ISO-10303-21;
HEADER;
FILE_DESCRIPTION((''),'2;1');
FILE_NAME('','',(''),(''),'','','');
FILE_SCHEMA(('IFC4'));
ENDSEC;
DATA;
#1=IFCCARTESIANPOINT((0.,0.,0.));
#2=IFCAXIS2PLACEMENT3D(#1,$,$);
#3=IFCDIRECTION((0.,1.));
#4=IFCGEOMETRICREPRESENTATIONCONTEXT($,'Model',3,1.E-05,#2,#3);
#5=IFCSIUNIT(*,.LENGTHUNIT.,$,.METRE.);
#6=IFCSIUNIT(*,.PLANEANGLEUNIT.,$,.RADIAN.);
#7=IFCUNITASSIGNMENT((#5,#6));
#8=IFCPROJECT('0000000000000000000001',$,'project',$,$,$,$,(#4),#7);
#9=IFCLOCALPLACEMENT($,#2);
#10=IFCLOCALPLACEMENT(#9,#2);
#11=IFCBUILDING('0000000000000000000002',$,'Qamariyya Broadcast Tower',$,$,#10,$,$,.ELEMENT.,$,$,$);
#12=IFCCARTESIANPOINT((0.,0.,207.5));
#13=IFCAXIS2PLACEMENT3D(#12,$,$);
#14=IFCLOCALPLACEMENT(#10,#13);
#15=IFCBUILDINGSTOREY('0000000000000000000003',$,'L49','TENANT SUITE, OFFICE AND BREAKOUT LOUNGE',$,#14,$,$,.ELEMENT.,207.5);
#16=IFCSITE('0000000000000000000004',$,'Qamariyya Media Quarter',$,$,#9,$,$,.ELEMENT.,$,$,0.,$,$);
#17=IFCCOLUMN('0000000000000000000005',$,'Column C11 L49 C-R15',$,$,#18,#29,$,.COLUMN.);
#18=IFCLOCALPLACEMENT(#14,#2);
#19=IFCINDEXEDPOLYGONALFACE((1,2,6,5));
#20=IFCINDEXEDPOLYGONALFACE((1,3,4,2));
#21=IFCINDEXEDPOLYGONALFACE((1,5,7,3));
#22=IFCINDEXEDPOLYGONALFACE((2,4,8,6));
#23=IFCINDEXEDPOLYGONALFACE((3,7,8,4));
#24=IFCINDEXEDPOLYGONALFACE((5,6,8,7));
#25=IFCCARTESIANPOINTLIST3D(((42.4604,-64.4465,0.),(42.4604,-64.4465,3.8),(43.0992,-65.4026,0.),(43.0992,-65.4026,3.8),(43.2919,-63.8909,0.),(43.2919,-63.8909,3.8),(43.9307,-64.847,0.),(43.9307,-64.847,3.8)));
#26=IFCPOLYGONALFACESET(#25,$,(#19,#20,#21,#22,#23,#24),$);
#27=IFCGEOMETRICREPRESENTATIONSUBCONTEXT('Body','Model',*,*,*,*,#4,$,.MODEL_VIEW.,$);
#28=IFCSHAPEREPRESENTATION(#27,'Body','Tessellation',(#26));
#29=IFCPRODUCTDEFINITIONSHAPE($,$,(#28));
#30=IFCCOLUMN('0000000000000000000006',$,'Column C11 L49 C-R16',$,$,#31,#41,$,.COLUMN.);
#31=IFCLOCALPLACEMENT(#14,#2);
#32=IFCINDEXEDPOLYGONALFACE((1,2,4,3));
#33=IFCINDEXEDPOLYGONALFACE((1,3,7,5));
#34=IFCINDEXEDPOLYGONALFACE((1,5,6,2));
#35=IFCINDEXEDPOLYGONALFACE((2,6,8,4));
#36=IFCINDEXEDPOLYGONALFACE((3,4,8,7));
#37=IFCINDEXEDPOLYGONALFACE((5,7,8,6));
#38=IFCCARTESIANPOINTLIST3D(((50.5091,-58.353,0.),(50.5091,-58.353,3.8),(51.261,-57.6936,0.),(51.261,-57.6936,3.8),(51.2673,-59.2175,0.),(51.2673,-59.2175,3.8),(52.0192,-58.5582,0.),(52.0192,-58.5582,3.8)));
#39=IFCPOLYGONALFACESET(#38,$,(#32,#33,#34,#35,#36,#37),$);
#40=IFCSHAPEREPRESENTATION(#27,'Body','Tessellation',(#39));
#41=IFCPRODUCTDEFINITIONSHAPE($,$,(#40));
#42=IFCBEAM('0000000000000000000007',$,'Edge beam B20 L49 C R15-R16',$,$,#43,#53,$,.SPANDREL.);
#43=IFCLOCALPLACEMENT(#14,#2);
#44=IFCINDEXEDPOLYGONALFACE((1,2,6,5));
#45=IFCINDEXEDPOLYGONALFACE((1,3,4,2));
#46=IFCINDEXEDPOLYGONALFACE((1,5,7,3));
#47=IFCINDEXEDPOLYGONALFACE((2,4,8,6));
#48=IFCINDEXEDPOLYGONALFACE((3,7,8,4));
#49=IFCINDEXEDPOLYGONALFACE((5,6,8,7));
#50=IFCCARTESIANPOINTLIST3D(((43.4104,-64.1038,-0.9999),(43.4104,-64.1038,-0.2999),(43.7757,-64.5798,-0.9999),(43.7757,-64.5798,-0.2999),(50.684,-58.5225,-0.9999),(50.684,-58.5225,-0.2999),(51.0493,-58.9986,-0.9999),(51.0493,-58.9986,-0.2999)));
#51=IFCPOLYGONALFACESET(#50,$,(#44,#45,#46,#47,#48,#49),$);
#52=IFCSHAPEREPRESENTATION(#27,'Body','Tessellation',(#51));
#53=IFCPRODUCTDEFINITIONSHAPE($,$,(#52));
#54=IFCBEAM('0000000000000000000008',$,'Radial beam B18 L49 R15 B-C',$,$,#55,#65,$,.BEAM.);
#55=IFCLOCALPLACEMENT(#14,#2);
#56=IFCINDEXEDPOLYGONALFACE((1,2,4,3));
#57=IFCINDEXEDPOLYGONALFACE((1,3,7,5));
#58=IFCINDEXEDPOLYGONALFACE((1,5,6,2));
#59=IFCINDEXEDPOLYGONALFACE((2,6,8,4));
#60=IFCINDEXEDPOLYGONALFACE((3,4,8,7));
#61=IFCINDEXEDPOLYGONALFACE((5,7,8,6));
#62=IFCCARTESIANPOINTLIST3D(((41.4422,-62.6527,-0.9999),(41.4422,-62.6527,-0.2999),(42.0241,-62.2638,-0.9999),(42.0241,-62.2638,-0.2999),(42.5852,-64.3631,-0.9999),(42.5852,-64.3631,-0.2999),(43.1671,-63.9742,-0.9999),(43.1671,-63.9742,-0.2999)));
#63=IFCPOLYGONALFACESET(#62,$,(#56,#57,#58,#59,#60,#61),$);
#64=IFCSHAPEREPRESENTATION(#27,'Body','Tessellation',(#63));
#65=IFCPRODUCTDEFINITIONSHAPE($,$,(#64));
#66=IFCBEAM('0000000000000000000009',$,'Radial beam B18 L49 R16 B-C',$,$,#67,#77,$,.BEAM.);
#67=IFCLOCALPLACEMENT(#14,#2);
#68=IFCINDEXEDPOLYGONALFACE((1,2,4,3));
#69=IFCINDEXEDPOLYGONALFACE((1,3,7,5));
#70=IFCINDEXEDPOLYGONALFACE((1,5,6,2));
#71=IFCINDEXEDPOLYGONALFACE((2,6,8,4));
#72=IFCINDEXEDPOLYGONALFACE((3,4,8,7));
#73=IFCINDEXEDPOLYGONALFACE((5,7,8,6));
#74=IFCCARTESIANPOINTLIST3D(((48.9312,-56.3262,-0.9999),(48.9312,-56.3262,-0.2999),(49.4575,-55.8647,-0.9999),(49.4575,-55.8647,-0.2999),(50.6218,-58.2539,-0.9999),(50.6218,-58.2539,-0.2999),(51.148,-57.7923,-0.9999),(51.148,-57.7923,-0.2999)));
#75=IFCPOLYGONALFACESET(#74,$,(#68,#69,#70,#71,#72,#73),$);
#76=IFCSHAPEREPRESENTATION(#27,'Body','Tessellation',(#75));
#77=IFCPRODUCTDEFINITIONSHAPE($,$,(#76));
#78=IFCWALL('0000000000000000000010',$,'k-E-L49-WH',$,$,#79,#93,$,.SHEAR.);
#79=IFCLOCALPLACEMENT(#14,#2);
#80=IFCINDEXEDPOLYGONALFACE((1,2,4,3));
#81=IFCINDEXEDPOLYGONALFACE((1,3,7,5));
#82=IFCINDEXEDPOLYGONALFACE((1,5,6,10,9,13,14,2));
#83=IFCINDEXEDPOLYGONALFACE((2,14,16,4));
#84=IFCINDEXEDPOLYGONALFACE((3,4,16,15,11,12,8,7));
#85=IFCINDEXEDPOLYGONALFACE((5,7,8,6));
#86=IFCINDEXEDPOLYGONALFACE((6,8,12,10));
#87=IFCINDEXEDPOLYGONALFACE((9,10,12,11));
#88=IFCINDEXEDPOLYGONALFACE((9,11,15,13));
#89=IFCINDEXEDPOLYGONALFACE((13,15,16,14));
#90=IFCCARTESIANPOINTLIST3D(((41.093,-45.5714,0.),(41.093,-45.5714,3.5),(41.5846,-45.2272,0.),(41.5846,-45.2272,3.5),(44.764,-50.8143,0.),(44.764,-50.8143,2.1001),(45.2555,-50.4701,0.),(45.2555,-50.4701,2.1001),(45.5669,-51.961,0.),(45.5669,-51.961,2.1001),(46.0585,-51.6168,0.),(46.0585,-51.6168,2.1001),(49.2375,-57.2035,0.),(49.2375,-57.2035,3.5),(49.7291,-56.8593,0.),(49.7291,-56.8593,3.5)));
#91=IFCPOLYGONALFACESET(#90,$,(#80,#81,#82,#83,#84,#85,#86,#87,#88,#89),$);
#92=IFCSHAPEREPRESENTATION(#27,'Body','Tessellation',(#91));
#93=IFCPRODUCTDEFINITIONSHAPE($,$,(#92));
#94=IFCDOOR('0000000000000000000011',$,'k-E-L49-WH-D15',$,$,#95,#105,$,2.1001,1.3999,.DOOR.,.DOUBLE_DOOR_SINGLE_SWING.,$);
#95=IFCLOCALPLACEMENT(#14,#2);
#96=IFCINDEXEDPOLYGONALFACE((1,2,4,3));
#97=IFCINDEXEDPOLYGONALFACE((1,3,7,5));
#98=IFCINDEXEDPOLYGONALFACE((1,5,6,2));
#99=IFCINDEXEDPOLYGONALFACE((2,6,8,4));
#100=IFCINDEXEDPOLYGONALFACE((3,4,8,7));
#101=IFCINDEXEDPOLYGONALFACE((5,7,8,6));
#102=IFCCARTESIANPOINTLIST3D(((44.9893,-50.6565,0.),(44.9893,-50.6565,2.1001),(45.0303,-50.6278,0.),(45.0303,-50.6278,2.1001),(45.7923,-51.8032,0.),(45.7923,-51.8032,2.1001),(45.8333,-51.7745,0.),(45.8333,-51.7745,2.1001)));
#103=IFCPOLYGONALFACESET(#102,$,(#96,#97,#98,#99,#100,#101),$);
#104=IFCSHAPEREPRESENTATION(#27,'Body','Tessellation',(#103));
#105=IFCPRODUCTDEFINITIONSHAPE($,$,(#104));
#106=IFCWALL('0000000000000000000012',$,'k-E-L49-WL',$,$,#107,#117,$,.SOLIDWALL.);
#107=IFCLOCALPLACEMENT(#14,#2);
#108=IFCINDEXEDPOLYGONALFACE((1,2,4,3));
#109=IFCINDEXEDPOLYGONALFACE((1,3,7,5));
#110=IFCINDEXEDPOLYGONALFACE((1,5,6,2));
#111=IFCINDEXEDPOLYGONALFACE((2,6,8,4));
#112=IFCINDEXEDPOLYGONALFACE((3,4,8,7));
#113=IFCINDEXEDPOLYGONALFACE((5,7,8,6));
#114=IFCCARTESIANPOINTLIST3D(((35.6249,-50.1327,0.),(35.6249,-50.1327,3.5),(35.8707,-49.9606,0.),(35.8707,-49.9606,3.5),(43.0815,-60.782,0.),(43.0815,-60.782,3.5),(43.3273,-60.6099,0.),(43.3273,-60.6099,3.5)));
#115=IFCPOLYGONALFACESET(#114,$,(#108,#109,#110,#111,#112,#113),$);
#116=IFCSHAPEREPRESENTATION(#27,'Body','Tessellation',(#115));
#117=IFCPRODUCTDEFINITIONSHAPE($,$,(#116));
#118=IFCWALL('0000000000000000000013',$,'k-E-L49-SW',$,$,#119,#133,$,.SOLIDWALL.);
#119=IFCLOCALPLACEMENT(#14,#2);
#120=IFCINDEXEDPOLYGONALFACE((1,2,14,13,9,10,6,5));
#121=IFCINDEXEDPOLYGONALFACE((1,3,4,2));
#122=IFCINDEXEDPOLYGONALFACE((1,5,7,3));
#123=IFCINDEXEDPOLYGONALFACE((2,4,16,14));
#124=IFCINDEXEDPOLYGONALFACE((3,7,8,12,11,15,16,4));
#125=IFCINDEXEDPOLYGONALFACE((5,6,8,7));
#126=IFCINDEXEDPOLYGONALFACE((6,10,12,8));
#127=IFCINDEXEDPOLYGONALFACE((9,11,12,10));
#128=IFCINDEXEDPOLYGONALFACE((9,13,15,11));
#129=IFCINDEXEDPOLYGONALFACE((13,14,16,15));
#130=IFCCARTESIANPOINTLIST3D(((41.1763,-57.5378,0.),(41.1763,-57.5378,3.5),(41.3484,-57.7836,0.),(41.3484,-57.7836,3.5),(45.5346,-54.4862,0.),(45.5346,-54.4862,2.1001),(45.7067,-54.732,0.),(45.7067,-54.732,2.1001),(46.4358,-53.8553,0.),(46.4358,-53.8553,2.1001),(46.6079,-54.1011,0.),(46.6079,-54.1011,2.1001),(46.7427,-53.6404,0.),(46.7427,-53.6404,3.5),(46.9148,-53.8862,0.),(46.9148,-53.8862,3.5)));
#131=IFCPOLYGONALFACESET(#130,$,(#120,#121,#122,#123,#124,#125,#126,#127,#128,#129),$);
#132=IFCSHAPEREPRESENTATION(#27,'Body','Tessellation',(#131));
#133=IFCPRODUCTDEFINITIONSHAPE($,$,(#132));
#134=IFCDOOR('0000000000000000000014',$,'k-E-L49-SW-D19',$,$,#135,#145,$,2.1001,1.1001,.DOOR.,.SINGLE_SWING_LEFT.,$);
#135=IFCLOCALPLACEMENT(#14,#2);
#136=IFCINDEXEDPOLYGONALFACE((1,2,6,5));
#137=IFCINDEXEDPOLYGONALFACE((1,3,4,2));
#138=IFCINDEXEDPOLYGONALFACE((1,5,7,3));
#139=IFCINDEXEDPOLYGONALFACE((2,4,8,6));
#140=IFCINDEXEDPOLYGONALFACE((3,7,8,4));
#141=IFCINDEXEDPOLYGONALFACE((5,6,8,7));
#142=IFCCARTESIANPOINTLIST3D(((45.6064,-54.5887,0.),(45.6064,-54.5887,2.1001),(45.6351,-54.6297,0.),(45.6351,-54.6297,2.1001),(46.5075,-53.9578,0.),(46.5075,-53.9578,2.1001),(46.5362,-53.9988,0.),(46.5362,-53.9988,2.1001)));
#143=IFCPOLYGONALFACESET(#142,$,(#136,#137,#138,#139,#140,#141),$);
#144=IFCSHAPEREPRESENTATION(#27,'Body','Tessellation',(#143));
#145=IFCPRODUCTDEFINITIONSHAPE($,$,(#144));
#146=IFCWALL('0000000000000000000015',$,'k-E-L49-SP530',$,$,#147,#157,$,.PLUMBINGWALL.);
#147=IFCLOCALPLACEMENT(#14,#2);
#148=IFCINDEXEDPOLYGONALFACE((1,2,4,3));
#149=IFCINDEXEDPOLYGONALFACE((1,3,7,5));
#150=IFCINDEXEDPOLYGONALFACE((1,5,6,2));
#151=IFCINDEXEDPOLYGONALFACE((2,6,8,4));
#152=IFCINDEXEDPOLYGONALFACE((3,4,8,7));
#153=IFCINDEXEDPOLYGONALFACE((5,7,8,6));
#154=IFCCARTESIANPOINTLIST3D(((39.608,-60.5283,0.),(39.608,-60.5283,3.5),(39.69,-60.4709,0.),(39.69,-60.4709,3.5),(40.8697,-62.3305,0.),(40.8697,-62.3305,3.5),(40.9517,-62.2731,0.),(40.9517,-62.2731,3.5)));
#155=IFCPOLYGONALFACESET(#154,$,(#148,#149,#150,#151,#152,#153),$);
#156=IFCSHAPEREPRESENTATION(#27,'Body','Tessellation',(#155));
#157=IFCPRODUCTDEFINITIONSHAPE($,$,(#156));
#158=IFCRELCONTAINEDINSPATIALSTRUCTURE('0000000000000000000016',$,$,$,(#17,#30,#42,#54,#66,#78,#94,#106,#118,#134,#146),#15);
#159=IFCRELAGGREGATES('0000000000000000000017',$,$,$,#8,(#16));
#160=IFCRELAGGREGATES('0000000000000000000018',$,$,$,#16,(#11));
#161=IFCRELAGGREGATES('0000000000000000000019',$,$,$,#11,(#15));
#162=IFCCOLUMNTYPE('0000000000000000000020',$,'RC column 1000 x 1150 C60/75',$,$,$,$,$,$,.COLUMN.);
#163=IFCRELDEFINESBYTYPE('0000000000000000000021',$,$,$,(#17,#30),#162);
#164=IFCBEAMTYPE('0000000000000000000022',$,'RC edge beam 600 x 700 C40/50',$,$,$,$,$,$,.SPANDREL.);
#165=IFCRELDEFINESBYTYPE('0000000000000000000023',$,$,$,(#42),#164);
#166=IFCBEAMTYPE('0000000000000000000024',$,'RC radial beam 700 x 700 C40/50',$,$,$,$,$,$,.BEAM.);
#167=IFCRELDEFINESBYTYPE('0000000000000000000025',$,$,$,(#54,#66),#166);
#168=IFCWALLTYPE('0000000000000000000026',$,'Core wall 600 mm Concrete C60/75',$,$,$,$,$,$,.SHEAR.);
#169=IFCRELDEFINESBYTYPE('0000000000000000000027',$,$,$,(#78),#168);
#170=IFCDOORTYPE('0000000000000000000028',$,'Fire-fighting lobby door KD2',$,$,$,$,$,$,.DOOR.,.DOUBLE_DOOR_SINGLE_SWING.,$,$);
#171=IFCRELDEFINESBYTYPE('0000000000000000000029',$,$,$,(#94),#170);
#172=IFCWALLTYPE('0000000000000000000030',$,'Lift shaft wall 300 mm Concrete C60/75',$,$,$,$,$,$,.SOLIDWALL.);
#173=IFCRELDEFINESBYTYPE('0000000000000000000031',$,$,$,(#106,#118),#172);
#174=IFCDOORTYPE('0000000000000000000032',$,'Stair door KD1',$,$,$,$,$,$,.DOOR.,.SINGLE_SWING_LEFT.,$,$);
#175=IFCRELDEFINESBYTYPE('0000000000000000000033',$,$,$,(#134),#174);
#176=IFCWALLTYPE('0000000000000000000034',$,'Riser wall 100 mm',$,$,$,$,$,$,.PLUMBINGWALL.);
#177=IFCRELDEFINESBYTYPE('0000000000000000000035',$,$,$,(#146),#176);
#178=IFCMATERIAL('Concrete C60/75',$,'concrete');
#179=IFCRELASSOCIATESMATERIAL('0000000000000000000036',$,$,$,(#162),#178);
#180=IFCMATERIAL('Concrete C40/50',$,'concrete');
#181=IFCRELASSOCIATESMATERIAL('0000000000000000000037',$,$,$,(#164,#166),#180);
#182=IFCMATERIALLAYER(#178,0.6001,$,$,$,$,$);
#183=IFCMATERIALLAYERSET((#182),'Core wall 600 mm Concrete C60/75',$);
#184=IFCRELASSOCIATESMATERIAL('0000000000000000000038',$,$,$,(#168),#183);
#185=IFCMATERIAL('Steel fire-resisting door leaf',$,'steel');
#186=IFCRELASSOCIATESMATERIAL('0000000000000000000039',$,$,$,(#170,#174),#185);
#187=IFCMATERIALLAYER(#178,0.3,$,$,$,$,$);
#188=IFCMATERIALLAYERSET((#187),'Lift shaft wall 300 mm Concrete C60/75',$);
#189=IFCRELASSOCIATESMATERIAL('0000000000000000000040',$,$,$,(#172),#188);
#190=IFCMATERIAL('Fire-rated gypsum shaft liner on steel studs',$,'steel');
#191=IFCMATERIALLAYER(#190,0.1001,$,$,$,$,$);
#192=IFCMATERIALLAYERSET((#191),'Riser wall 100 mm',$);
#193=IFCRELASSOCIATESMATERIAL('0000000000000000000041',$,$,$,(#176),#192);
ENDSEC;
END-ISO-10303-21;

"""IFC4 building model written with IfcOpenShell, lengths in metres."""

from ifc_helpers import new_model, si_unit, direction, frame, frame_2d, origin, origin_2d, place, context, subcontext, project, spatial, rectangle, extrude, material, layer, layer_set, material_profile, profile_set, type_object, element, fill, save


model = new_model("IFC4")

# Units and contexts
model_context = context("Model", 3, precision=1e-05, world=origin(), true_north=direction((0.0, 1.0)))
body_context = subcontext(model_context, "Body", "Model", "MODEL_VIEW")
ifc_project = project(units=[si_unit("LENGTHUNIT", "METRE"), si_unit("PLANEANGLEUNIT", "RADIAN")], contexts=[model_context])

# Site, building, storey
site_placement = place(None, origin())
site = spatial("IfcSite", under=ifc_project, at=site_placement, Name="Qamariyya Media Quarter", CompositionType="ELEMENT", RefElevation=0.0)
building_placement = place(site_placement, origin())
building = spatial("IfcBuilding", under=site, at=building_placement, Name="Qamariyya Broadcast Tower", CompositionType="ELEMENT")
storey_placement = place(building_placement, frame((0.0, 0.0, 207.5)))
storey = spatial("IfcBuildingStorey", under=building, at=storey_placement, Name="L49", Description="TENANT SUITE, OFFICE AND BREAKOUT LOUNGE", CompositionType="ELEMENT", Elevation=207.5)

# Columns
ifc_material_1 = material(Name="Concrete C60/75", Category="concrete")
ifc_material_profile_1 = material_profile(ifc_material_1, rectangle(XDim=1.0, YDim=1.1499, at=origin_2d()))
ifc_profile_set_1 = profile_set([ifc_material_profile_1], Name="Concrete C60/75")
column_type = type_object("IfcColumnType", Name="RC column 1000 x 1150 C60/75", PredefinedType="COLUMN", material=ifc_profile_set_1)
for number, where, z_axis, x_axis, name in (
    (1, (43.1956, -64.6467, 0.0), (0.0, 0.0, 1.0), (0.83147, 0.55557, 0.0), "Column C11 L49 C-R15"),
    (2, (51.2642, -58.4556, 0.0), (0.0, 0.0, 1.0), (0.75184, 0.659346, 0.0), "Column C11 L49 C-R16"),
):
    element("IfcColumn", number, at=place(storey_placement, frame(where, z_axis=z_axis, x_axis=x_axis)), inside=storey, type_object=column_type, Name=name, PredefinedType="COLUMN", context=body_context, shape_type="SweptSolid", body=[
        extrude(rectangle(XDim=1.0, YDim=1.1499, at=origin_2d()), origin(), (0.0, 0.0, 1.0), 3.8),
    ])

# Beams
ifc_material_2 = material(Name="Concrete C40/50", Category="concrete")
ifc_material_profile_2 = material_profile(ifc_material_2, rectangle(XDim=0.6001, YDim=0.7, at=origin_2d()))
ifc_profile_set_2 = profile_set([ifc_material_profile_2], Name="Concrete C40/50")
beam_type_1 = type_object("IfcBeamType", Name="RC edge beam 600 x 700 C40/50", PredefinedType="SPANDREL", material=ifc_profile_set_2)
beam_1_placement = place(storey_placement, frame((43.593, -64.3418, -0.6499), z_axis=(0.793353, 0.608762, 0.0), x_axis=(-0.608762, 0.793353, 0.0)))
element("IfcBeam", 3, at=beam_1_placement, inside=storey, type_object=beam_type_1, Name="Edge beam B20 L49 C R15-R16", PredefinedType="SPANDREL", context=body_context, shape_type="SweptSolid", body=[
    extrude(rectangle(XDim=0.6001, YDim=0.7, at=origin_2d()), origin(), (0.0, 0.0, 1.0), 9.1682),
])
ifc_material_profile_3 = material_profile(ifc_material_2, rectangle(XDim=0.7, YDim=0.7, at=origin_2d()))
ifc_profile_set_3 = profile_set([ifc_material_profile_3], Name="Concrete C40/50")
beam_type_2 = type_object("IfcBeamType", Name="RC radial beam 700 x 700 C40/50", PredefinedType="BEAM", material=ifc_profile_set_3)
beam_2_placement = place(storey_placement, frame((41.7332, -62.4583, -0.6499), z_axis=(0.555631, -0.831429, 0.0), x_axis=(0.831429, 0.555631, 0.0)))
element("IfcBeam", 4, at=beam_2_placement, inside=storey, type_object=beam_type_2, Name="Radial beam B18 L49 R15 B-C", PredefinedType="BEAM", context=body_context, shape_type="SweptSolid", body=[
    extrude(rectangle(XDim=0.7, YDim=0.7, at=origin_2d()), origin(), (0.0, 0.0, 1.0), 2.0571),
])
beam_3_placement = place(storey_placement, frame((49.1943, -56.0955, -0.6499), z_axis=(0.659367, -0.751821, 0.0), x_axis=(0.751821, 0.659367, 0.0)))
element("IfcBeam", 5, at=beam_3_placement, inside=storey, type_object=beam_type_2, Name="Radial beam B18 L49 R16 B-C", PredefinedType="BEAM", context=body_context, shape_type="SweptSolid", body=[
    extrude(rectangle(XDim=0.7, YDim=0.7, at=origin_2d()), origin(), (0.0, 0.0, 1.0), 2.564),
])

# Wall, opening, door
ifc_layer_1 = layer(ifc_material_1, 0.6001)
ifc_layer_set_1 = layer_set([ifc_layer_1], Name="Core wall 600 mm Concrete C60/75")
wall_type_1 = type_object("IfcWallType", Name="Core wall 600 mm Concrete C60/75", PredefinedType="SHEAR", material=ifc_layer_set_1)
wall_1_placement = place(storey_placement, frame((49.4834, -57.0315, 0.0), z_axis=(0.0, 0.0, 1.0), x_axis=(-0.57356, 0.819163, 0.0)))
wall_1 = element("IfcWall", 6, at=wall_1_placement, inside=storey, type_object=wall_type_1, Name="k-E-L49-WH", PredefinedType="SHEAR", context=body_context, shape_type="SweptSolid", body=[
    extrude(rectangle(XDim=14.2, YDim=0.6001, at=frame_2d((7.1001, 0.0))), origin(), (0.0, 0.0, 1.0), 3.5),
])
opening_1_placement = place(wall_1_placement, frame((6.3999, 0.0, 0.0)))
opening_1 = element("IfcOpeningElement", 7, at=opening_1_placement, cuts=wall_1, PredefinedType="OPENING", context=body_context, shape_type="SweptSolid", body=[
    extrude(rectangle(XDim=1.3999, YDim=2.1001, at=frame_2d((0.7, 1.05))), frame((0.0, 0.3101, 0.0), z_axis=(0.0, -1.0, 0.0), x_axis=(1.0, 0.0, 0.0)), (0.0, 0.0, 1.0), 0.6201),
])
ifc_material_3 = material(Name="Steel fire-resisting door leaf", Category="steel")
door_type_1 = type_object("IfcDoorType", Name="Fire-fighting lobby door KD2", OperationType="DOUBLE_DOOR_SINGLE_SWING", PredefinedType="DOOR", material=ifc_material_3)
door_1_placement = place(opening_1_placement, origin())
door_1 = element("IfcDoor", 8, at=door_1_placement, inside=storey, type_object=door_type_1, Name="k-E-L49-WH-D15", OperationType="DOUBLE_DOOR_SINGLE_SWING", OverallHeight=2.1001, OverallWidth=1.3999, PredefinedType="DOOR", context=body_context, shape_type="SweptSolid", body=[
    extrude(rectangle(XDim=1.3999, YDim=2.1001, at=frame_2d((0.7, 1.05))), frame((0.0, 0.0249, 0.0), z_axis=(0.0, -1.0, 0.0), x_axis=(1.0, 0.0, 0.0)), (0.0, 0.0, 1.0), 0.05),
])
fill(opening_1, door_1)

# Wall
ifc_layer_2 = layer(ifc_material_1, 0.3)
ifc_layer_set_2 = layer_set([ifc_layer_2], Name="Lift shaft wall 300 mm Concrete C60/75")
wall_type_2 = type_object("IfcWallType", Name="Lift shaft wall 300 mm Concrete C60/75", PredefinedType="SOLIDWALL", material=ifc_layer_set_2)
wall_2_placement = place(storey_placement, frame((43.2043, -60.6958, 0.0), z_axis=(0.0, 0.0, 1.0), x_axis=(-0.573572, 0.819155, 0.0)))
element("IfcWall", 9, at=wall_2_placement, inside=storey, type_object=wall_type_2, Name="k-E-L49-WL", PredefinedType="SOLIDWALL", context=body_context, shape_type="SweptSolid", body=[
    extrude(rectangle(XDim=13.0002, YDim=0.3, at=frame_2d((6.5, 0.0))), origin(), (0.0, 0.0, 1.0), 3.5),
])

# Wall, opening, door
wall_3_placement = place(storey_placement, frame((41.2625, -57.6606, 0.0), z_axis=(0.0, 0.0, 1.0), x_axis=(0.819164, 0.573559, 0.0)))
wall_3 = element("IfcWall", 10, at=wall_3_placement, inside=storey, type_object=wall_type_2, Name="k-E-L49-SW", PredefinedType="SOLIDWALL", context=body_context, shape_type="SweptSolid", body=[
    extrude(rectangle(XDim=6.7952, YDim=0.3, at=frame_2d((3.3975, 0.0))), origin(), (0.0, 0.0, 1.0), 3.5),
])
opening_2_placement = place(wall_3_placement, frame((5.3203, 0.0, 0.0)))
opening_2 = element("IfcOpeningElement", 11, at=opening_2_placement, cuts=wall_3, PredefinedType="OPENING", context=body_context, shape_type="SweptSolid", body=[
    extrude(rectangle(XDim=1.1001, YDim=2.1001, at=frame_2d((0.55, 1.05))), frame((0.0, 0.1599, 0.0), z_axis=(0.0, -1.0, 0.0), x_axis=(1.0, 0.0, 0.0)), (0.0, 0.0, 1.0), 0.3201),
])
door_type_2 = type_object("IfcDoorType", Name="Stair door KD1", OperationType="SINGLE_SWING_LEFT", PredefinedType="DOOR", material=ifc_material_3)
door_2_placement = place(opening_2_placement, origin())
door_2 = element("IfcDoor", 12, at=door_2_placement, inside=storey, type_object=door_type_2, Name="k-E-L49-SW-D19", OperationType="SINGLE_SWING_LEFT", OverallHeight=2.1001, OverallWidth=1.1001, PredefinedType="DOOR", context=body_context, shape_type="SweptSolid", body=[
    extrude(rectangle(XDim=1.1001, YDim=2.1001, at=frame_2d((0.55, 1.05))), frame((0.0, 0.0249, 0.0), z_axis=(0.0, -1.0, 0.0), x_axis=(1.0, 0.0, 0.0)), (0.0, 0.0, 1.0), 0.05),
])
fill(opening_2, door_2)

# Wall
ifc_material_4 = material(Name="Fire-rated gypsum shaft liner on steel studs", Category="steel")
ifc_layer_3 = layer(ifc_material_4, 0.1001)
ifc_layer_set_3 = layer_set([ifc_layer_3], Name="Riser wall 100 mm")
wall_type_3 = type_object("IfcWallType", Name="Riser wall 100 mm", PredefinedType="PLUMBINGWALL", material=ifc_layer_set_3)
wall_4_placement = place(storey_placement, frame((39.6489, -60.4995, 0.0), z_axis=(0.0, 0.0, 1.0), x_axis=(0.573507, -0.819201, 0.0)))
element("IfcWall", 13, at=wall_4_placement, inside=storey, type_object=wall_type_3, Name="k-E-L49-SP530", PredefinedType="PLUMBINGWALL", context=body_context, shape_type="SweptSolid", body=[
    extrude(rectangle(XDim=2.2, YDim=0.1001, at=frame_2d((1.1001, 0.0))), origin(), (0.0, 0.0, 1.0), 3.5),
])

save(model, "model.ifc")
